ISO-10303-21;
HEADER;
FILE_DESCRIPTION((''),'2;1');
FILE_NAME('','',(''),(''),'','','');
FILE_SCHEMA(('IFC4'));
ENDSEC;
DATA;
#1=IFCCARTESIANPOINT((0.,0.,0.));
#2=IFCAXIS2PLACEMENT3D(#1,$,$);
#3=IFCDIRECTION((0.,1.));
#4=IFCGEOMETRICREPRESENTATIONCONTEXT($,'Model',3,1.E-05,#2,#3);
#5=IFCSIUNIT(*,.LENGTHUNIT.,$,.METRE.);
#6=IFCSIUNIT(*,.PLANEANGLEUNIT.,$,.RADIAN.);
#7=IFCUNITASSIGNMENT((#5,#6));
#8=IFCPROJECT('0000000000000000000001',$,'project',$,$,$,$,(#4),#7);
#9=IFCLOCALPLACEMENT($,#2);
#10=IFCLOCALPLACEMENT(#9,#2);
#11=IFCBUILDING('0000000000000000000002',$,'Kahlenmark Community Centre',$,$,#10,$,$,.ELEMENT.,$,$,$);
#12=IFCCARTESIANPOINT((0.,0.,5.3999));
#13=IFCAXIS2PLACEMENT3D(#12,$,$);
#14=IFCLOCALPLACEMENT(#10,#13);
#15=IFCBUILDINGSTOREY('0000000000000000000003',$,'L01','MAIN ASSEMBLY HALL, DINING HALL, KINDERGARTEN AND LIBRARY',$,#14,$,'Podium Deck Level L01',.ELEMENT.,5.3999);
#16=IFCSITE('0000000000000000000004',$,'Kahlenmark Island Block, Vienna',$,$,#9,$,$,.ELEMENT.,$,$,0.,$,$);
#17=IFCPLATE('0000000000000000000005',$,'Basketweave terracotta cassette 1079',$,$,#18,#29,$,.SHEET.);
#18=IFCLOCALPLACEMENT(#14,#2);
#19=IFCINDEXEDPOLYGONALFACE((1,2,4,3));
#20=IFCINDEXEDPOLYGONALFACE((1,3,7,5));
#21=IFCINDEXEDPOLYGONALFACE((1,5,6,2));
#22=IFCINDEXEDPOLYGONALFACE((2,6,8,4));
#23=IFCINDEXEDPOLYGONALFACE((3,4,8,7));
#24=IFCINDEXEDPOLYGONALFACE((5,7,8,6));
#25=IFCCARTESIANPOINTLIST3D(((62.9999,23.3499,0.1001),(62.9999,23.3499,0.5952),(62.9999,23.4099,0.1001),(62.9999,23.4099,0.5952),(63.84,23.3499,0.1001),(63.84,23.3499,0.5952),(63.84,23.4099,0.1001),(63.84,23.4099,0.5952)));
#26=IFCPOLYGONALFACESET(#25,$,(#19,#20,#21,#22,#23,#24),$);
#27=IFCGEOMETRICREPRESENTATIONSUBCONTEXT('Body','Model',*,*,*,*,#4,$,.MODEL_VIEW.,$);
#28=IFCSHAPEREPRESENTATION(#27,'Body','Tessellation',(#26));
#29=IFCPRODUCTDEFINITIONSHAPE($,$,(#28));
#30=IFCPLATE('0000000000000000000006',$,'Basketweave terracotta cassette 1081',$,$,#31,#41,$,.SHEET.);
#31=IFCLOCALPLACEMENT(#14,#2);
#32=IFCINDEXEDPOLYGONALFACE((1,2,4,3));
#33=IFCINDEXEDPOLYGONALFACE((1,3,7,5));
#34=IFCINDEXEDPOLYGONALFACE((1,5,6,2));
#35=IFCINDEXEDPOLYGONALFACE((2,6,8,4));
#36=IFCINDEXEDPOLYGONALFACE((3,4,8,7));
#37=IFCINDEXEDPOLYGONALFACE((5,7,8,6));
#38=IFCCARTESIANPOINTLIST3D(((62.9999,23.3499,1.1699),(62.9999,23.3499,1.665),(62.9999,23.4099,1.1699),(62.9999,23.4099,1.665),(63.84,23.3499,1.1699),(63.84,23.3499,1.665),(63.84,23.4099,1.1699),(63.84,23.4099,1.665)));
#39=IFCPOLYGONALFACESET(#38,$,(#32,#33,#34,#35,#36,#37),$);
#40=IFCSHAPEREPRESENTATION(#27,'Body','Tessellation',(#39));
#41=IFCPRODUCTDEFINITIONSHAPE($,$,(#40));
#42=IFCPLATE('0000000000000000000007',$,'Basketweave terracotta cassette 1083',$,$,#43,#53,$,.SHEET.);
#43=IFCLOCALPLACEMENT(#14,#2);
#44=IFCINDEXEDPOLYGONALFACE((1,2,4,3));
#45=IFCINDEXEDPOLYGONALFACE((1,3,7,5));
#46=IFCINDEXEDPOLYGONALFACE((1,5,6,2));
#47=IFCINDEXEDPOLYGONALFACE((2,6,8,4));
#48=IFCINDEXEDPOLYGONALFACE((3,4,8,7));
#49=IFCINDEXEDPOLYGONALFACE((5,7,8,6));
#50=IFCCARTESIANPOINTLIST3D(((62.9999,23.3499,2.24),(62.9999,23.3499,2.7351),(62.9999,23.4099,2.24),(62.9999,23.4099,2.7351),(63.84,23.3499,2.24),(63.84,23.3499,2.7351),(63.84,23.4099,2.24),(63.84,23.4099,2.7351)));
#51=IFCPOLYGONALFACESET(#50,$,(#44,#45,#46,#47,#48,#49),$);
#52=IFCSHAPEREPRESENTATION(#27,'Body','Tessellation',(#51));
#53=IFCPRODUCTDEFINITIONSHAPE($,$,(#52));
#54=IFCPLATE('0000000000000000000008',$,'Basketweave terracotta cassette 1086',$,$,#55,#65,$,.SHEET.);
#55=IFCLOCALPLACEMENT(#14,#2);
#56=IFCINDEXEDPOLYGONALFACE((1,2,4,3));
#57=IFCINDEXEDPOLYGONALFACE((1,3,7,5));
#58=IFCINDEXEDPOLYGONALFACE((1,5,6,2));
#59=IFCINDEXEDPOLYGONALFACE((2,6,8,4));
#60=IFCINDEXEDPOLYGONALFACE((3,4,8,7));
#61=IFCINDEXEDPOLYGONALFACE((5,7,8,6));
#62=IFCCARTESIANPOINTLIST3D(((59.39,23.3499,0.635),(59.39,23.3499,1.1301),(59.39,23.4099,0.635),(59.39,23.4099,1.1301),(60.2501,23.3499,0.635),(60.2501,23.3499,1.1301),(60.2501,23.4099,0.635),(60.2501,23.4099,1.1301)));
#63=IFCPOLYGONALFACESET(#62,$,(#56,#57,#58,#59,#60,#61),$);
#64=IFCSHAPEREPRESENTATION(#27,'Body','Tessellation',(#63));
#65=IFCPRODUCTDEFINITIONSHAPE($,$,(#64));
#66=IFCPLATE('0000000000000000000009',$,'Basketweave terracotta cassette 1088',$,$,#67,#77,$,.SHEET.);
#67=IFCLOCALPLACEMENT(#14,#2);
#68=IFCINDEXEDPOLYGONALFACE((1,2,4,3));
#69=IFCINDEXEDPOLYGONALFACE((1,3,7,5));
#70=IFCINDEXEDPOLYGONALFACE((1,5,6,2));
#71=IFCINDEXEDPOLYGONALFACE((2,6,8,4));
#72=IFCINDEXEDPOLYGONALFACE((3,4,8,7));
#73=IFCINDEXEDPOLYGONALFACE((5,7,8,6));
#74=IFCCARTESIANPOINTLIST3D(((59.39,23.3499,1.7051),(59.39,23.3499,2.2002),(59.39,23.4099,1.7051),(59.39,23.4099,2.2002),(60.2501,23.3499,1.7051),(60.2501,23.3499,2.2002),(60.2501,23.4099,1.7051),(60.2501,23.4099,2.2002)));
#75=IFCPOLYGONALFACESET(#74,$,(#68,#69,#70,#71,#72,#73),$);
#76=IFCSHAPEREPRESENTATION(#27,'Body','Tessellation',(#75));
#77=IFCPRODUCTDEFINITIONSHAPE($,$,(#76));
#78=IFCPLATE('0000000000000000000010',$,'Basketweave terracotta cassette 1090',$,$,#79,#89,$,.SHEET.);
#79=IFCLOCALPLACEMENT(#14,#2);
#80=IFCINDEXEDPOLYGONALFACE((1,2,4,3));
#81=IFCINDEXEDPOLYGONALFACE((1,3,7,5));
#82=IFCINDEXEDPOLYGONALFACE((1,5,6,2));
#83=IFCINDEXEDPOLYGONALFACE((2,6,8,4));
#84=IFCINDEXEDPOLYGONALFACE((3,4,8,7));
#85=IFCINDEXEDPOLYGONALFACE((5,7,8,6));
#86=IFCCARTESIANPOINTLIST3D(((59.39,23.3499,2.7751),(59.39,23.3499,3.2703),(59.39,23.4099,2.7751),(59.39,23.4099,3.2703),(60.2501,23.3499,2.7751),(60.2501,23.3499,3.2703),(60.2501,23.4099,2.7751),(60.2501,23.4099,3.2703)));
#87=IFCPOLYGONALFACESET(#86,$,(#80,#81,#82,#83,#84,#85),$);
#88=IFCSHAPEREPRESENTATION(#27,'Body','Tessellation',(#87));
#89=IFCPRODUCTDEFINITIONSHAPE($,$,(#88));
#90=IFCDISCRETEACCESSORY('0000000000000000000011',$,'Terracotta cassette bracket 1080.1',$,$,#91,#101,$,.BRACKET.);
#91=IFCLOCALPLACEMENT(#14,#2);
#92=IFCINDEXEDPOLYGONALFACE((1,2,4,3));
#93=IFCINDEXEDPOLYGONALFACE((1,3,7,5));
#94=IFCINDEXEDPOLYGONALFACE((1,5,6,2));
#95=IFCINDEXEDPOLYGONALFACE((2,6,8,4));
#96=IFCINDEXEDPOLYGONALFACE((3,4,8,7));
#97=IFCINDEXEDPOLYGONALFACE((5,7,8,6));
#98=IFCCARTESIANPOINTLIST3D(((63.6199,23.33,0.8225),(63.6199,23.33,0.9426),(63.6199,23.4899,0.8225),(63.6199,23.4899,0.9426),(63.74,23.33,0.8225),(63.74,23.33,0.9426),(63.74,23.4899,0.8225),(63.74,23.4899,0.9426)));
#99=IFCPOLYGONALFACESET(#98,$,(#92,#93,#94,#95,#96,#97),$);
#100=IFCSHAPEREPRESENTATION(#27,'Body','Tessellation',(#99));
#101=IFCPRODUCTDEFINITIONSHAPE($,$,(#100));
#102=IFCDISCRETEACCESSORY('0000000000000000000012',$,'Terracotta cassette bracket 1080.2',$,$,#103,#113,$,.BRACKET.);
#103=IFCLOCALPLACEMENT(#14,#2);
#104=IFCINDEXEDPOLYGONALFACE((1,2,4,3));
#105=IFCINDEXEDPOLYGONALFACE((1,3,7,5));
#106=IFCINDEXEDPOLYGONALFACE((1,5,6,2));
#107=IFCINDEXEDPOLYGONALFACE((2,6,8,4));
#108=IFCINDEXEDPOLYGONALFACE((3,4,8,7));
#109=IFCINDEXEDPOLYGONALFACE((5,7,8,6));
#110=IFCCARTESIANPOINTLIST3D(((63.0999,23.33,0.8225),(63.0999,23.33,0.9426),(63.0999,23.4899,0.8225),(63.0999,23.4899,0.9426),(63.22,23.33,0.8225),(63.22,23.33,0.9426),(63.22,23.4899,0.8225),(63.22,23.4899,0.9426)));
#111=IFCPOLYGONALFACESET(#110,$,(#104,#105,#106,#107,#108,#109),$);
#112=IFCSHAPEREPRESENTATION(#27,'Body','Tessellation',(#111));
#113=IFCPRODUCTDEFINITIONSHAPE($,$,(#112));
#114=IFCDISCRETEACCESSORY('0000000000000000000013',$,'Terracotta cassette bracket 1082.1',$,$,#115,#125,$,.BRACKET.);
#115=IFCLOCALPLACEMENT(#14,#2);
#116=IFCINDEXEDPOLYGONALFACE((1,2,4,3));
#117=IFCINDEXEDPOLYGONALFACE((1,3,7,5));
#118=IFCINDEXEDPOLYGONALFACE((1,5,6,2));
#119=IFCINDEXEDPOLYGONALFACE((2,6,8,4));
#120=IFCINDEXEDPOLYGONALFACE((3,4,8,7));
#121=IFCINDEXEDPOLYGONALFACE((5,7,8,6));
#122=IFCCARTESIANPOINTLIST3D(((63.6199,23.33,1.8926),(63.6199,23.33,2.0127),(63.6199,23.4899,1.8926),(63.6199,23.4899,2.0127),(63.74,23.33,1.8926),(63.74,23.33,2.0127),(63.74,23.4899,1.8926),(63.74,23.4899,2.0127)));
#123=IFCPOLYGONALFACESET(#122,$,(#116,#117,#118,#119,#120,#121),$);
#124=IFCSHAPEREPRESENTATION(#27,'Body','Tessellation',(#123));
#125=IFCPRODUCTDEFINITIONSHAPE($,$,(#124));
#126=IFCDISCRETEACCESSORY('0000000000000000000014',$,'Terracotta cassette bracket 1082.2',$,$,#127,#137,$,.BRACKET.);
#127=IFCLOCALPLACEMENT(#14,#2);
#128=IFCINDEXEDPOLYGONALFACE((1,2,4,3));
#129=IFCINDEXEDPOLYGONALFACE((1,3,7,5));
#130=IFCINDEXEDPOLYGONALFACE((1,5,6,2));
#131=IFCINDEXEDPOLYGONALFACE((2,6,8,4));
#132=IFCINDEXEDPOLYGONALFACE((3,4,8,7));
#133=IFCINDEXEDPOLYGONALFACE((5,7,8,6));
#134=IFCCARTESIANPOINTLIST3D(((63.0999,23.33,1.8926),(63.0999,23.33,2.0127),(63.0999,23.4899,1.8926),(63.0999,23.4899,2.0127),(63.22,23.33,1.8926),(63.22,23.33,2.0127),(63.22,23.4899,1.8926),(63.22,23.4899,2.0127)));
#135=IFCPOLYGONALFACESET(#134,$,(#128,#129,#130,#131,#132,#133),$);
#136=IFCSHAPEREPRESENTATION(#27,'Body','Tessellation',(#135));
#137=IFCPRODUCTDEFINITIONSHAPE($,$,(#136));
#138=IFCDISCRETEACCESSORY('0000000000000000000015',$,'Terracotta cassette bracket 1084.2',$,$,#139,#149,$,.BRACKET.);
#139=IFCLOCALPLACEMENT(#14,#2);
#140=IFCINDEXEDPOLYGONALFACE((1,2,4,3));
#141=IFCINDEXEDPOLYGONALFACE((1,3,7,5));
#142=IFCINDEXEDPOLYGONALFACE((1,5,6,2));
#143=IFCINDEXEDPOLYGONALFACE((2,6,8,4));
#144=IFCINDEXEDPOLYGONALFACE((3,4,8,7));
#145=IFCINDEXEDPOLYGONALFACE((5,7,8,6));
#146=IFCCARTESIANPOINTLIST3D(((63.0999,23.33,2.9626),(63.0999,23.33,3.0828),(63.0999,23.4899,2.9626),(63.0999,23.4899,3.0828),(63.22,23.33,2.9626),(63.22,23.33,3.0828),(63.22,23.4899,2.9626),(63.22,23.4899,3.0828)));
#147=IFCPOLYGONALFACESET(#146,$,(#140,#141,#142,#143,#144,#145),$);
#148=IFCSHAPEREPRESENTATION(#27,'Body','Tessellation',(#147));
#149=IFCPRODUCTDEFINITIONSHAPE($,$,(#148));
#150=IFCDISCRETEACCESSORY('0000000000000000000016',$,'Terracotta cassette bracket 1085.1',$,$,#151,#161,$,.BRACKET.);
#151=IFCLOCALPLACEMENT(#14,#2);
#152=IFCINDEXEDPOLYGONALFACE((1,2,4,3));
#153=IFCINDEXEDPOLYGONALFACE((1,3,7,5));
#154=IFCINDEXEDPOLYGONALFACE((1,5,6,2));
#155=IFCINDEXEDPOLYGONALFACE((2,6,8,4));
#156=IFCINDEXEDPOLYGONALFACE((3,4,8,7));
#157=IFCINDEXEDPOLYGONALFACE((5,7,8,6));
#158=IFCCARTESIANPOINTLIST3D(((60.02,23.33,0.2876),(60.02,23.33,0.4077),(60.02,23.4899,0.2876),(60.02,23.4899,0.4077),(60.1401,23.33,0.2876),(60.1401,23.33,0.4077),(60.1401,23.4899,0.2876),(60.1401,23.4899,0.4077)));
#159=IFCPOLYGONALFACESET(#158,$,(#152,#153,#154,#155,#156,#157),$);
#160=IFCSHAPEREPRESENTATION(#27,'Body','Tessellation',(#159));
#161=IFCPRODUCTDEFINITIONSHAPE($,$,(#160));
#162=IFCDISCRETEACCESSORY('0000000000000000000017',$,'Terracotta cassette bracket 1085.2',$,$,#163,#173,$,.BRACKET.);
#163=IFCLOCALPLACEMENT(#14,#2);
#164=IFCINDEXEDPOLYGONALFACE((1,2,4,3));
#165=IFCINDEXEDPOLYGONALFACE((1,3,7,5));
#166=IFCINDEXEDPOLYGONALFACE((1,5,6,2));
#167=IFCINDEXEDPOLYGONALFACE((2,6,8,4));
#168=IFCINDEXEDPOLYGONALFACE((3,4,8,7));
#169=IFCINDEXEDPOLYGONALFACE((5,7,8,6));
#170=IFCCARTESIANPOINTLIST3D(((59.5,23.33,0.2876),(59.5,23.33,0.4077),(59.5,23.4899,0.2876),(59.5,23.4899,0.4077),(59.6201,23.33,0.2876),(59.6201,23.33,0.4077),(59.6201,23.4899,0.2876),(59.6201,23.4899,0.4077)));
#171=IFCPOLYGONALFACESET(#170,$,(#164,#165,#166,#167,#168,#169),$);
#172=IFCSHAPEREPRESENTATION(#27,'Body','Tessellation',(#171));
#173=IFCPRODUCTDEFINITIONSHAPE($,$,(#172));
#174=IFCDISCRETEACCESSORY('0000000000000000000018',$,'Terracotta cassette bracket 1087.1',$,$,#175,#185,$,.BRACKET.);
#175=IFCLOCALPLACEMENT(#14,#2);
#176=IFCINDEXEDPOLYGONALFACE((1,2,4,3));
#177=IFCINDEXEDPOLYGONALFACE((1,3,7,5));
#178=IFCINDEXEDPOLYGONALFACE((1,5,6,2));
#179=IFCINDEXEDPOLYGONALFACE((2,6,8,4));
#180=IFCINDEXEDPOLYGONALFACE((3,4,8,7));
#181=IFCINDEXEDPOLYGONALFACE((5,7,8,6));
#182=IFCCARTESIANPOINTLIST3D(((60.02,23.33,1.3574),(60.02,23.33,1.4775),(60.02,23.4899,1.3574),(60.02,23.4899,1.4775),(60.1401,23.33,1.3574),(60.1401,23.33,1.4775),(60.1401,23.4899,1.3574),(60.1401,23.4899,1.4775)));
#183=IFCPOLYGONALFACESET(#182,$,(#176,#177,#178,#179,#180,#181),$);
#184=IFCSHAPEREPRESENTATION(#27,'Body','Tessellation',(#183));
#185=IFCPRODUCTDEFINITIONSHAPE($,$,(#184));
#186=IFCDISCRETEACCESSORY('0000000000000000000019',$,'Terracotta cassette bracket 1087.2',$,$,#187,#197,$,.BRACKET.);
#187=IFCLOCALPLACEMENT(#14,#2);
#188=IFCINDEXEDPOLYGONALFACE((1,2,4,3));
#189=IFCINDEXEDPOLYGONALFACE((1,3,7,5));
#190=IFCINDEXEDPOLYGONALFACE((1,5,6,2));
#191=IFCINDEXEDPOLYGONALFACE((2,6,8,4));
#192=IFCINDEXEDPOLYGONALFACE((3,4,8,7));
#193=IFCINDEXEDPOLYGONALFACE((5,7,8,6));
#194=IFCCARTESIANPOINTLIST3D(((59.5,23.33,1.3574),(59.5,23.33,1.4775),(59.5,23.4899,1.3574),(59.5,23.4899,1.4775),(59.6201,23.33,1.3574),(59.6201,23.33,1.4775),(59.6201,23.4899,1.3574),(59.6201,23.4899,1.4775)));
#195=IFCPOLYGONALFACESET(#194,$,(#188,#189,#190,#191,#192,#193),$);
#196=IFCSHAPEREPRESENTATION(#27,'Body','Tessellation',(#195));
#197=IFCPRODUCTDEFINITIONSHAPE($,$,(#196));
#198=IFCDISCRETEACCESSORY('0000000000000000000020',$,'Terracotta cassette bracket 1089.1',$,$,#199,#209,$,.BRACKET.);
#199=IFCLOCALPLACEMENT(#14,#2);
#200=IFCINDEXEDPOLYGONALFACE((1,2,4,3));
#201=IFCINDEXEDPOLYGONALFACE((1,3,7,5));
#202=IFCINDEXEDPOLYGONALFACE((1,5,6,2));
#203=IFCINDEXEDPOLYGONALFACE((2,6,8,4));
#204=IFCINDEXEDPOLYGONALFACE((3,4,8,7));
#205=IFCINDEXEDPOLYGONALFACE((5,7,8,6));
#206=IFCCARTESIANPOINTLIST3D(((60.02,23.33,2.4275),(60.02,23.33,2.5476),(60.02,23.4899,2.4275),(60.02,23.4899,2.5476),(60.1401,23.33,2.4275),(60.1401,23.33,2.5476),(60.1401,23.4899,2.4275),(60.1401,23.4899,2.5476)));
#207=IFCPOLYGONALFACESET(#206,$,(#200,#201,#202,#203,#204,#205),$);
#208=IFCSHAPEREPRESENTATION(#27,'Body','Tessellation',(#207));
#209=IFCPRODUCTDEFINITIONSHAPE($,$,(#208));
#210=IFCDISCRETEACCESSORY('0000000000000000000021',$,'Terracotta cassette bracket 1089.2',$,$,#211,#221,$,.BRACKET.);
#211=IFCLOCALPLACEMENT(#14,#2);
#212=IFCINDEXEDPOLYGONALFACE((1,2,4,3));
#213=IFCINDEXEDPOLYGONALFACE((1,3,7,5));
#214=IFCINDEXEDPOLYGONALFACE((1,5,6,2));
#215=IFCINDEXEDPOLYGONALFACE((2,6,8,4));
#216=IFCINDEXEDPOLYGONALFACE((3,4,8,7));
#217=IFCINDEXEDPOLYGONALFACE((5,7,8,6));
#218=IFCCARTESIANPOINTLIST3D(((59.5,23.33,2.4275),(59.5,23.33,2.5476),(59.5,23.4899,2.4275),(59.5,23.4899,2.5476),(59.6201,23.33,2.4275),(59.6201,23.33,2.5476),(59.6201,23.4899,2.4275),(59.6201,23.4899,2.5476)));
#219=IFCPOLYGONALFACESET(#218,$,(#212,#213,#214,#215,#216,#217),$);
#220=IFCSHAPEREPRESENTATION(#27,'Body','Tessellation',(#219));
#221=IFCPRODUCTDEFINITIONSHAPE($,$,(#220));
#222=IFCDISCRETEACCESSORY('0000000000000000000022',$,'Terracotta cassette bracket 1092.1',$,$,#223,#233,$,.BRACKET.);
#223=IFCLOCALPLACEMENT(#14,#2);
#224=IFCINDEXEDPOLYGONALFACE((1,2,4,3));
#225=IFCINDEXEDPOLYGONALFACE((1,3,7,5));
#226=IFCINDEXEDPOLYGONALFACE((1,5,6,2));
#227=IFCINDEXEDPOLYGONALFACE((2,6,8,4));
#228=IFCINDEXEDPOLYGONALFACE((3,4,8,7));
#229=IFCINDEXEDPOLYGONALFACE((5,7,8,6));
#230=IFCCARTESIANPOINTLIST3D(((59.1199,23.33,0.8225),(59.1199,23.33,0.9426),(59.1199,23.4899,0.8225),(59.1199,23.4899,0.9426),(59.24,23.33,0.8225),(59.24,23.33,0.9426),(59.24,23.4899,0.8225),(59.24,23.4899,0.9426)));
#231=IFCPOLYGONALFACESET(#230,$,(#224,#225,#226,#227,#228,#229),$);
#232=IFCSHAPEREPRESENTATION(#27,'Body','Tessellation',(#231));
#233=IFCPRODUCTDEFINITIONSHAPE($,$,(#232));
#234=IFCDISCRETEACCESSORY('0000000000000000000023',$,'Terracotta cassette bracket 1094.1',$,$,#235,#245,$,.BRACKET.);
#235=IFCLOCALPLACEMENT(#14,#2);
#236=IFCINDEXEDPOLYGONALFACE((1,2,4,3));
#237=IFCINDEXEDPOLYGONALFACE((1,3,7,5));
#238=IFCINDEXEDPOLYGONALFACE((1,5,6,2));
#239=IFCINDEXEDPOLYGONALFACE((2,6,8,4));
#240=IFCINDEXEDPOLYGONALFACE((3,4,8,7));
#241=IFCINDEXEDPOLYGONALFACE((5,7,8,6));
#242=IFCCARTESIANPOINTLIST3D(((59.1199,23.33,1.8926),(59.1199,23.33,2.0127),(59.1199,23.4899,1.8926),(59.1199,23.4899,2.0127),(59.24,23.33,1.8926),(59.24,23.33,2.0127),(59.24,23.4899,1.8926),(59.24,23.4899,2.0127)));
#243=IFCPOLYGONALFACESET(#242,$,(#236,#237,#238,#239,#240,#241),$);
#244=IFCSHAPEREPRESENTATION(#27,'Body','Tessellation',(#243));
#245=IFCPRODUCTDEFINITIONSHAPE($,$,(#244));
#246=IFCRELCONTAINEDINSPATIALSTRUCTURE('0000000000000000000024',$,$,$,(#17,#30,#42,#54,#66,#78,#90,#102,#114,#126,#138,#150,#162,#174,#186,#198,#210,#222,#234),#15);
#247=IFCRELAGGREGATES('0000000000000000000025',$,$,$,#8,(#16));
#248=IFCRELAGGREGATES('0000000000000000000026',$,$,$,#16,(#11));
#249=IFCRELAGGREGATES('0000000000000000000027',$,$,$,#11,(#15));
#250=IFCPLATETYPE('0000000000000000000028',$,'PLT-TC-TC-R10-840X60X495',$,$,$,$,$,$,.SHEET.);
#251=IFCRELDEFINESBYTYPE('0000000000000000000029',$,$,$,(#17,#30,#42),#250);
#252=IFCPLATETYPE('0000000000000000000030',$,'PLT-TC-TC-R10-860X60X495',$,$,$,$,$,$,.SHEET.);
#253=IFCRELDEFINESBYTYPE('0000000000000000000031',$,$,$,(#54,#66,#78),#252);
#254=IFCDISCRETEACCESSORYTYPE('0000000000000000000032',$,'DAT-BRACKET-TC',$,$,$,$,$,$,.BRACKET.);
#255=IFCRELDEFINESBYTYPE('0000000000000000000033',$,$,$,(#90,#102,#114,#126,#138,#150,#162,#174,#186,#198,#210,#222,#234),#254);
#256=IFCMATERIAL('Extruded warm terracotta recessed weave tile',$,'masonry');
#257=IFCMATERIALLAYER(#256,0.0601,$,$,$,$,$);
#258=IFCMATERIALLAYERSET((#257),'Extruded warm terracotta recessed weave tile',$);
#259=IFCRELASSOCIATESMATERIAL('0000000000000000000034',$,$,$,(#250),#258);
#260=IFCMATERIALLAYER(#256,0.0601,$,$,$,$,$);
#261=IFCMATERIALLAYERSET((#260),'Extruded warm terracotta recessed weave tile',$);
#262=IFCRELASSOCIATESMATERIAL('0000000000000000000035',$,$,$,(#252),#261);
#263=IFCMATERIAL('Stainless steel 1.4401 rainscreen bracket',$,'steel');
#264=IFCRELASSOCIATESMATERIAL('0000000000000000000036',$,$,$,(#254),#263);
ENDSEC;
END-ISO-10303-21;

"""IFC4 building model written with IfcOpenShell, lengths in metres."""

from ifc_helpers import new_model, si_unit, direction, frame, origin, origin_2d, place, context, subcontext, project, spatial, rectangle, extrude, material, layer, layer_set, type_object, element, save


model = new_model("IFC4")

# Units and contexts
model_context = context("Model", 3, precision=1e-05, world=origin(), true_north=direction((0.0, 1.0)))
body_context = subcontext(model_context, "Body", "Model", "MODEL_VIEW")
ifc_project = project(units=[si_unit("LENGTHUNIT", "METRE"), si_unit("PLANEANGLEUNIT", "RADIAN")], contexts=[model_context])

# Site, building, storey
site_placement = place(None, origin())
site = spatial("IfcSite", under=ifc_project, at=site_placement, Name="Kahlenmark Island Block, Vienna", CompositionType="ELEMENT", RefElevation=0.0)
building_placement = place(site_placement, origin())
building = spatial("IfcBuilding", under=site, at=building_placement, Name="Kahlenmark Community Centre", CompositionType="ELEMENT")
storey_placement = place(building_placement, frame((0.0, 0.0, 5.3999)))
storey = spatial("IfcBuildingStorey", under=building, at=storey_placement, Name="L01", Description="MAIN ASSEMBLY HALL, DINING HALL, KINDERGARTEN AND LIBRARY", LongName="Podium Deck Level L01", CompositionType="ELEMENT", Elevation=5.3999)

# Plates
ifc_material_1 = material(Name="Extruded warm terracotta recessed weave tile", Category="masonry")
ifc_layer_1 = layer(ifc_material_1, 0.0601)
ifc_layer_set_1 = layer_set([ifc_layer_1], Name="Extruded warm terracotta recessed weave tile")
plate_type_1 = type_object("IfcPlateType", Name="PLT-TC-TC-R10-840X60X495", PredefinedType="SHEET", material=ifc_layer_set_1)
for number, where, z_axis, x_axis, name in (
    (1, (63.4199, 23.3799, 0.1001), (0.0, 0.0, 1.0), (-1.0, 0.0, 0.0), "Basketweave terracotta cassette 1079"),
    (2, (63.4199, 23.3799, 1.1699), (0.0, 0.0, 1.0), (-1.0, 0.0, 0.0), "Basketweave terracotta cassette 1081"),
    (3, (63.4199, 23.3799, 2.24), (0.0, 0.0, 1.0), (-1.0, 0.0, 0.0), "Basketweave terracotta cassette 1083"),
):
    element("IfcPlate", number, at=place(storey_placement, frame(where, z_axis=z_axis, x_axis=x_axis)), inside=storey, type_object=plate_type_1, Name=name, PredefinedType="SHEET", context=body_context, shape_type="SweptSolid", body=[
        extrude(rectangle(XDim=0.8401, YDim=0.0601, at=origin_2d()), origin(), (0.0, 0.0, 1.0), 0.4951),
    ])
ifc_layer_2 = layer(ifc_material_1, 0.0601)
ifc_layer_set_2 = layer_set([ifc_layer_2], Name="Extruded warm terracotta recessed weave tile")
plate_type_2 = type_object("IfcPlateType", Name="PLT-TC-TC-R10-860X60X495", PredefinedType="SHEET", material=ifc_layer_set_2)
for number, where, z_axis, x_axis, name in (
    (4, (59.8201, 23.3799, 0.635), (0.0, 0.0, 1.0), (-1.0, 0.0, 0.0), "Basketweave terracotta cassette 1086"),
    (5, (59.8201, 23.3799, 1.7051), (0.0, 0.0, 1.0), (-1.0, 0.0, 0.0), "Basketweave terracotta cassette 1088"),
    (6, (59.8201, 23.3799, 2.7751), (0.0, 0.0, 1.0), (-1.0, 0.0, 0.0), "Basketweave terracotta cassette 1090"),
):
    element("IfcPlate", number, at=place(storey_placement, frame(where, z_axis=z_axis, x_axis=x_axis)), inside=storey, type_object=plate_type_2, Name=name, PredefinedType="SHEET", context=body_context, shape_type="SweptSolid", body=[
        extrude(rectangle(XDim=0.8601, YDim=0.0601, at=origin_2d()), origin(), (0.0, 0.0, 1.0), 0.4951),
    ])

# Discrete accessories
ifc_material_2 = material(Name="Stainless steel 1.4401 rainscreen bracket", Category="steel")
discrete_accessory_type = type_object("IfcDiscreteAccessoryType", Name="DAT-BRACKET-TC", PredefinedType="BRACKET", material=ifc_material_2)
for number, where, z_axis, x_axis, name in (
    (7, (63.6799, 23.4099, 0.8225), (0.0, 0.0, 1.0), (-1.0, 0.0, 0.0), "Terracotta cassette bracket 1080.1"),
    (8, (63.1599, 23.4099, 0.8225), (0.0, 0.0, 1.0), (-1.0, 0.0, 0.0), "Terracotta cassette bracket 1080.2"),
    (9, (63.6799, 23.4099, 1.8926), (0.0, 0.0, 1.0), (-1.0, 0.0, 0.0), "Terracotta cassette bracket 1082.1"),
    (10, (63.1599, 23.4099, 1.8926), (0.0, 0.0, 1.0), (-1.0, 0.0, 0.0), "Terracotta cassette bracket 1082.2"),
    (11, (63.1599, 23.4099, 2.9626), (0.0, 0.0, 1.0), (-1.0, 0.0, 0.0), "Terracotta cassette bracket 1084.2"),
    (12, (60.0801, 23.4099, 0.2876), (0.0, 0.0, 1.0), (-1.0, 0.0, 0.0), "Terracotta cassette bracket 1085.1"),
    (13, (59.5601, 23.4099, 0.2876), (0.0, 0.0, 1.0), (-1.0, 0.0, 0.0), "Terracotta cassette bracket 1085.2"),
    (14, (60.0801, 23.4099, 1.3574), (0.0, 0.0, 1.0), (-1.0, 0.0, 0.0), "Terracotta cassette bracket 1087.1"),
    (15, (59.5601, 23.4099, 1.3574), (0.0, 0.0, 1.0), (-1.0, 0.0, 0.0), "Terracotta cassette bracket 1087.2"),
    (16, (60.0801, 23.4099, 2.4275), (0.0, 0.0, 1.0), (-1.0, 0.0, 0.0), "Terracotta cassette bracket 1089.1"),
    (17, (59.5601, 23.4099, 2.4275), (0.0, 0.0, 1.0), (-1.0, 0.0, 0.0), "Terracotta cassette bracket 1089.2"),
    (18, (59.1799, 23.4099, 0.8225), (0.0, 0.0, 1.0), (-1.0, 0.0, 0.0), "Terracotta cassette bracket 1092.1"),
    (19, (59.1799, 23.4099, 1.8926), (0.0, 0.0, 1.0), (-1.0, 0.0, 0.0), "Terracotta cassette bracket 1094.1"),
):
    element("IfcDiscreteAccessory", number, at=place(storey_placement, frame(where, z_axis=z_axis, x_axis=x_axis)), inside=storey, type_object=discrete_accessory_type, Name=name, PredefinedType="BRACKET", context=body_context, shape_type="SweptSolid", body=[
        extrude(rectangle(XDim=0.1201, YDim=0.1599, at=origin_2d()), origin(), (0.0, 0.0, 1.0), 0.1201),
    ])

save(model, "model.ifc")
